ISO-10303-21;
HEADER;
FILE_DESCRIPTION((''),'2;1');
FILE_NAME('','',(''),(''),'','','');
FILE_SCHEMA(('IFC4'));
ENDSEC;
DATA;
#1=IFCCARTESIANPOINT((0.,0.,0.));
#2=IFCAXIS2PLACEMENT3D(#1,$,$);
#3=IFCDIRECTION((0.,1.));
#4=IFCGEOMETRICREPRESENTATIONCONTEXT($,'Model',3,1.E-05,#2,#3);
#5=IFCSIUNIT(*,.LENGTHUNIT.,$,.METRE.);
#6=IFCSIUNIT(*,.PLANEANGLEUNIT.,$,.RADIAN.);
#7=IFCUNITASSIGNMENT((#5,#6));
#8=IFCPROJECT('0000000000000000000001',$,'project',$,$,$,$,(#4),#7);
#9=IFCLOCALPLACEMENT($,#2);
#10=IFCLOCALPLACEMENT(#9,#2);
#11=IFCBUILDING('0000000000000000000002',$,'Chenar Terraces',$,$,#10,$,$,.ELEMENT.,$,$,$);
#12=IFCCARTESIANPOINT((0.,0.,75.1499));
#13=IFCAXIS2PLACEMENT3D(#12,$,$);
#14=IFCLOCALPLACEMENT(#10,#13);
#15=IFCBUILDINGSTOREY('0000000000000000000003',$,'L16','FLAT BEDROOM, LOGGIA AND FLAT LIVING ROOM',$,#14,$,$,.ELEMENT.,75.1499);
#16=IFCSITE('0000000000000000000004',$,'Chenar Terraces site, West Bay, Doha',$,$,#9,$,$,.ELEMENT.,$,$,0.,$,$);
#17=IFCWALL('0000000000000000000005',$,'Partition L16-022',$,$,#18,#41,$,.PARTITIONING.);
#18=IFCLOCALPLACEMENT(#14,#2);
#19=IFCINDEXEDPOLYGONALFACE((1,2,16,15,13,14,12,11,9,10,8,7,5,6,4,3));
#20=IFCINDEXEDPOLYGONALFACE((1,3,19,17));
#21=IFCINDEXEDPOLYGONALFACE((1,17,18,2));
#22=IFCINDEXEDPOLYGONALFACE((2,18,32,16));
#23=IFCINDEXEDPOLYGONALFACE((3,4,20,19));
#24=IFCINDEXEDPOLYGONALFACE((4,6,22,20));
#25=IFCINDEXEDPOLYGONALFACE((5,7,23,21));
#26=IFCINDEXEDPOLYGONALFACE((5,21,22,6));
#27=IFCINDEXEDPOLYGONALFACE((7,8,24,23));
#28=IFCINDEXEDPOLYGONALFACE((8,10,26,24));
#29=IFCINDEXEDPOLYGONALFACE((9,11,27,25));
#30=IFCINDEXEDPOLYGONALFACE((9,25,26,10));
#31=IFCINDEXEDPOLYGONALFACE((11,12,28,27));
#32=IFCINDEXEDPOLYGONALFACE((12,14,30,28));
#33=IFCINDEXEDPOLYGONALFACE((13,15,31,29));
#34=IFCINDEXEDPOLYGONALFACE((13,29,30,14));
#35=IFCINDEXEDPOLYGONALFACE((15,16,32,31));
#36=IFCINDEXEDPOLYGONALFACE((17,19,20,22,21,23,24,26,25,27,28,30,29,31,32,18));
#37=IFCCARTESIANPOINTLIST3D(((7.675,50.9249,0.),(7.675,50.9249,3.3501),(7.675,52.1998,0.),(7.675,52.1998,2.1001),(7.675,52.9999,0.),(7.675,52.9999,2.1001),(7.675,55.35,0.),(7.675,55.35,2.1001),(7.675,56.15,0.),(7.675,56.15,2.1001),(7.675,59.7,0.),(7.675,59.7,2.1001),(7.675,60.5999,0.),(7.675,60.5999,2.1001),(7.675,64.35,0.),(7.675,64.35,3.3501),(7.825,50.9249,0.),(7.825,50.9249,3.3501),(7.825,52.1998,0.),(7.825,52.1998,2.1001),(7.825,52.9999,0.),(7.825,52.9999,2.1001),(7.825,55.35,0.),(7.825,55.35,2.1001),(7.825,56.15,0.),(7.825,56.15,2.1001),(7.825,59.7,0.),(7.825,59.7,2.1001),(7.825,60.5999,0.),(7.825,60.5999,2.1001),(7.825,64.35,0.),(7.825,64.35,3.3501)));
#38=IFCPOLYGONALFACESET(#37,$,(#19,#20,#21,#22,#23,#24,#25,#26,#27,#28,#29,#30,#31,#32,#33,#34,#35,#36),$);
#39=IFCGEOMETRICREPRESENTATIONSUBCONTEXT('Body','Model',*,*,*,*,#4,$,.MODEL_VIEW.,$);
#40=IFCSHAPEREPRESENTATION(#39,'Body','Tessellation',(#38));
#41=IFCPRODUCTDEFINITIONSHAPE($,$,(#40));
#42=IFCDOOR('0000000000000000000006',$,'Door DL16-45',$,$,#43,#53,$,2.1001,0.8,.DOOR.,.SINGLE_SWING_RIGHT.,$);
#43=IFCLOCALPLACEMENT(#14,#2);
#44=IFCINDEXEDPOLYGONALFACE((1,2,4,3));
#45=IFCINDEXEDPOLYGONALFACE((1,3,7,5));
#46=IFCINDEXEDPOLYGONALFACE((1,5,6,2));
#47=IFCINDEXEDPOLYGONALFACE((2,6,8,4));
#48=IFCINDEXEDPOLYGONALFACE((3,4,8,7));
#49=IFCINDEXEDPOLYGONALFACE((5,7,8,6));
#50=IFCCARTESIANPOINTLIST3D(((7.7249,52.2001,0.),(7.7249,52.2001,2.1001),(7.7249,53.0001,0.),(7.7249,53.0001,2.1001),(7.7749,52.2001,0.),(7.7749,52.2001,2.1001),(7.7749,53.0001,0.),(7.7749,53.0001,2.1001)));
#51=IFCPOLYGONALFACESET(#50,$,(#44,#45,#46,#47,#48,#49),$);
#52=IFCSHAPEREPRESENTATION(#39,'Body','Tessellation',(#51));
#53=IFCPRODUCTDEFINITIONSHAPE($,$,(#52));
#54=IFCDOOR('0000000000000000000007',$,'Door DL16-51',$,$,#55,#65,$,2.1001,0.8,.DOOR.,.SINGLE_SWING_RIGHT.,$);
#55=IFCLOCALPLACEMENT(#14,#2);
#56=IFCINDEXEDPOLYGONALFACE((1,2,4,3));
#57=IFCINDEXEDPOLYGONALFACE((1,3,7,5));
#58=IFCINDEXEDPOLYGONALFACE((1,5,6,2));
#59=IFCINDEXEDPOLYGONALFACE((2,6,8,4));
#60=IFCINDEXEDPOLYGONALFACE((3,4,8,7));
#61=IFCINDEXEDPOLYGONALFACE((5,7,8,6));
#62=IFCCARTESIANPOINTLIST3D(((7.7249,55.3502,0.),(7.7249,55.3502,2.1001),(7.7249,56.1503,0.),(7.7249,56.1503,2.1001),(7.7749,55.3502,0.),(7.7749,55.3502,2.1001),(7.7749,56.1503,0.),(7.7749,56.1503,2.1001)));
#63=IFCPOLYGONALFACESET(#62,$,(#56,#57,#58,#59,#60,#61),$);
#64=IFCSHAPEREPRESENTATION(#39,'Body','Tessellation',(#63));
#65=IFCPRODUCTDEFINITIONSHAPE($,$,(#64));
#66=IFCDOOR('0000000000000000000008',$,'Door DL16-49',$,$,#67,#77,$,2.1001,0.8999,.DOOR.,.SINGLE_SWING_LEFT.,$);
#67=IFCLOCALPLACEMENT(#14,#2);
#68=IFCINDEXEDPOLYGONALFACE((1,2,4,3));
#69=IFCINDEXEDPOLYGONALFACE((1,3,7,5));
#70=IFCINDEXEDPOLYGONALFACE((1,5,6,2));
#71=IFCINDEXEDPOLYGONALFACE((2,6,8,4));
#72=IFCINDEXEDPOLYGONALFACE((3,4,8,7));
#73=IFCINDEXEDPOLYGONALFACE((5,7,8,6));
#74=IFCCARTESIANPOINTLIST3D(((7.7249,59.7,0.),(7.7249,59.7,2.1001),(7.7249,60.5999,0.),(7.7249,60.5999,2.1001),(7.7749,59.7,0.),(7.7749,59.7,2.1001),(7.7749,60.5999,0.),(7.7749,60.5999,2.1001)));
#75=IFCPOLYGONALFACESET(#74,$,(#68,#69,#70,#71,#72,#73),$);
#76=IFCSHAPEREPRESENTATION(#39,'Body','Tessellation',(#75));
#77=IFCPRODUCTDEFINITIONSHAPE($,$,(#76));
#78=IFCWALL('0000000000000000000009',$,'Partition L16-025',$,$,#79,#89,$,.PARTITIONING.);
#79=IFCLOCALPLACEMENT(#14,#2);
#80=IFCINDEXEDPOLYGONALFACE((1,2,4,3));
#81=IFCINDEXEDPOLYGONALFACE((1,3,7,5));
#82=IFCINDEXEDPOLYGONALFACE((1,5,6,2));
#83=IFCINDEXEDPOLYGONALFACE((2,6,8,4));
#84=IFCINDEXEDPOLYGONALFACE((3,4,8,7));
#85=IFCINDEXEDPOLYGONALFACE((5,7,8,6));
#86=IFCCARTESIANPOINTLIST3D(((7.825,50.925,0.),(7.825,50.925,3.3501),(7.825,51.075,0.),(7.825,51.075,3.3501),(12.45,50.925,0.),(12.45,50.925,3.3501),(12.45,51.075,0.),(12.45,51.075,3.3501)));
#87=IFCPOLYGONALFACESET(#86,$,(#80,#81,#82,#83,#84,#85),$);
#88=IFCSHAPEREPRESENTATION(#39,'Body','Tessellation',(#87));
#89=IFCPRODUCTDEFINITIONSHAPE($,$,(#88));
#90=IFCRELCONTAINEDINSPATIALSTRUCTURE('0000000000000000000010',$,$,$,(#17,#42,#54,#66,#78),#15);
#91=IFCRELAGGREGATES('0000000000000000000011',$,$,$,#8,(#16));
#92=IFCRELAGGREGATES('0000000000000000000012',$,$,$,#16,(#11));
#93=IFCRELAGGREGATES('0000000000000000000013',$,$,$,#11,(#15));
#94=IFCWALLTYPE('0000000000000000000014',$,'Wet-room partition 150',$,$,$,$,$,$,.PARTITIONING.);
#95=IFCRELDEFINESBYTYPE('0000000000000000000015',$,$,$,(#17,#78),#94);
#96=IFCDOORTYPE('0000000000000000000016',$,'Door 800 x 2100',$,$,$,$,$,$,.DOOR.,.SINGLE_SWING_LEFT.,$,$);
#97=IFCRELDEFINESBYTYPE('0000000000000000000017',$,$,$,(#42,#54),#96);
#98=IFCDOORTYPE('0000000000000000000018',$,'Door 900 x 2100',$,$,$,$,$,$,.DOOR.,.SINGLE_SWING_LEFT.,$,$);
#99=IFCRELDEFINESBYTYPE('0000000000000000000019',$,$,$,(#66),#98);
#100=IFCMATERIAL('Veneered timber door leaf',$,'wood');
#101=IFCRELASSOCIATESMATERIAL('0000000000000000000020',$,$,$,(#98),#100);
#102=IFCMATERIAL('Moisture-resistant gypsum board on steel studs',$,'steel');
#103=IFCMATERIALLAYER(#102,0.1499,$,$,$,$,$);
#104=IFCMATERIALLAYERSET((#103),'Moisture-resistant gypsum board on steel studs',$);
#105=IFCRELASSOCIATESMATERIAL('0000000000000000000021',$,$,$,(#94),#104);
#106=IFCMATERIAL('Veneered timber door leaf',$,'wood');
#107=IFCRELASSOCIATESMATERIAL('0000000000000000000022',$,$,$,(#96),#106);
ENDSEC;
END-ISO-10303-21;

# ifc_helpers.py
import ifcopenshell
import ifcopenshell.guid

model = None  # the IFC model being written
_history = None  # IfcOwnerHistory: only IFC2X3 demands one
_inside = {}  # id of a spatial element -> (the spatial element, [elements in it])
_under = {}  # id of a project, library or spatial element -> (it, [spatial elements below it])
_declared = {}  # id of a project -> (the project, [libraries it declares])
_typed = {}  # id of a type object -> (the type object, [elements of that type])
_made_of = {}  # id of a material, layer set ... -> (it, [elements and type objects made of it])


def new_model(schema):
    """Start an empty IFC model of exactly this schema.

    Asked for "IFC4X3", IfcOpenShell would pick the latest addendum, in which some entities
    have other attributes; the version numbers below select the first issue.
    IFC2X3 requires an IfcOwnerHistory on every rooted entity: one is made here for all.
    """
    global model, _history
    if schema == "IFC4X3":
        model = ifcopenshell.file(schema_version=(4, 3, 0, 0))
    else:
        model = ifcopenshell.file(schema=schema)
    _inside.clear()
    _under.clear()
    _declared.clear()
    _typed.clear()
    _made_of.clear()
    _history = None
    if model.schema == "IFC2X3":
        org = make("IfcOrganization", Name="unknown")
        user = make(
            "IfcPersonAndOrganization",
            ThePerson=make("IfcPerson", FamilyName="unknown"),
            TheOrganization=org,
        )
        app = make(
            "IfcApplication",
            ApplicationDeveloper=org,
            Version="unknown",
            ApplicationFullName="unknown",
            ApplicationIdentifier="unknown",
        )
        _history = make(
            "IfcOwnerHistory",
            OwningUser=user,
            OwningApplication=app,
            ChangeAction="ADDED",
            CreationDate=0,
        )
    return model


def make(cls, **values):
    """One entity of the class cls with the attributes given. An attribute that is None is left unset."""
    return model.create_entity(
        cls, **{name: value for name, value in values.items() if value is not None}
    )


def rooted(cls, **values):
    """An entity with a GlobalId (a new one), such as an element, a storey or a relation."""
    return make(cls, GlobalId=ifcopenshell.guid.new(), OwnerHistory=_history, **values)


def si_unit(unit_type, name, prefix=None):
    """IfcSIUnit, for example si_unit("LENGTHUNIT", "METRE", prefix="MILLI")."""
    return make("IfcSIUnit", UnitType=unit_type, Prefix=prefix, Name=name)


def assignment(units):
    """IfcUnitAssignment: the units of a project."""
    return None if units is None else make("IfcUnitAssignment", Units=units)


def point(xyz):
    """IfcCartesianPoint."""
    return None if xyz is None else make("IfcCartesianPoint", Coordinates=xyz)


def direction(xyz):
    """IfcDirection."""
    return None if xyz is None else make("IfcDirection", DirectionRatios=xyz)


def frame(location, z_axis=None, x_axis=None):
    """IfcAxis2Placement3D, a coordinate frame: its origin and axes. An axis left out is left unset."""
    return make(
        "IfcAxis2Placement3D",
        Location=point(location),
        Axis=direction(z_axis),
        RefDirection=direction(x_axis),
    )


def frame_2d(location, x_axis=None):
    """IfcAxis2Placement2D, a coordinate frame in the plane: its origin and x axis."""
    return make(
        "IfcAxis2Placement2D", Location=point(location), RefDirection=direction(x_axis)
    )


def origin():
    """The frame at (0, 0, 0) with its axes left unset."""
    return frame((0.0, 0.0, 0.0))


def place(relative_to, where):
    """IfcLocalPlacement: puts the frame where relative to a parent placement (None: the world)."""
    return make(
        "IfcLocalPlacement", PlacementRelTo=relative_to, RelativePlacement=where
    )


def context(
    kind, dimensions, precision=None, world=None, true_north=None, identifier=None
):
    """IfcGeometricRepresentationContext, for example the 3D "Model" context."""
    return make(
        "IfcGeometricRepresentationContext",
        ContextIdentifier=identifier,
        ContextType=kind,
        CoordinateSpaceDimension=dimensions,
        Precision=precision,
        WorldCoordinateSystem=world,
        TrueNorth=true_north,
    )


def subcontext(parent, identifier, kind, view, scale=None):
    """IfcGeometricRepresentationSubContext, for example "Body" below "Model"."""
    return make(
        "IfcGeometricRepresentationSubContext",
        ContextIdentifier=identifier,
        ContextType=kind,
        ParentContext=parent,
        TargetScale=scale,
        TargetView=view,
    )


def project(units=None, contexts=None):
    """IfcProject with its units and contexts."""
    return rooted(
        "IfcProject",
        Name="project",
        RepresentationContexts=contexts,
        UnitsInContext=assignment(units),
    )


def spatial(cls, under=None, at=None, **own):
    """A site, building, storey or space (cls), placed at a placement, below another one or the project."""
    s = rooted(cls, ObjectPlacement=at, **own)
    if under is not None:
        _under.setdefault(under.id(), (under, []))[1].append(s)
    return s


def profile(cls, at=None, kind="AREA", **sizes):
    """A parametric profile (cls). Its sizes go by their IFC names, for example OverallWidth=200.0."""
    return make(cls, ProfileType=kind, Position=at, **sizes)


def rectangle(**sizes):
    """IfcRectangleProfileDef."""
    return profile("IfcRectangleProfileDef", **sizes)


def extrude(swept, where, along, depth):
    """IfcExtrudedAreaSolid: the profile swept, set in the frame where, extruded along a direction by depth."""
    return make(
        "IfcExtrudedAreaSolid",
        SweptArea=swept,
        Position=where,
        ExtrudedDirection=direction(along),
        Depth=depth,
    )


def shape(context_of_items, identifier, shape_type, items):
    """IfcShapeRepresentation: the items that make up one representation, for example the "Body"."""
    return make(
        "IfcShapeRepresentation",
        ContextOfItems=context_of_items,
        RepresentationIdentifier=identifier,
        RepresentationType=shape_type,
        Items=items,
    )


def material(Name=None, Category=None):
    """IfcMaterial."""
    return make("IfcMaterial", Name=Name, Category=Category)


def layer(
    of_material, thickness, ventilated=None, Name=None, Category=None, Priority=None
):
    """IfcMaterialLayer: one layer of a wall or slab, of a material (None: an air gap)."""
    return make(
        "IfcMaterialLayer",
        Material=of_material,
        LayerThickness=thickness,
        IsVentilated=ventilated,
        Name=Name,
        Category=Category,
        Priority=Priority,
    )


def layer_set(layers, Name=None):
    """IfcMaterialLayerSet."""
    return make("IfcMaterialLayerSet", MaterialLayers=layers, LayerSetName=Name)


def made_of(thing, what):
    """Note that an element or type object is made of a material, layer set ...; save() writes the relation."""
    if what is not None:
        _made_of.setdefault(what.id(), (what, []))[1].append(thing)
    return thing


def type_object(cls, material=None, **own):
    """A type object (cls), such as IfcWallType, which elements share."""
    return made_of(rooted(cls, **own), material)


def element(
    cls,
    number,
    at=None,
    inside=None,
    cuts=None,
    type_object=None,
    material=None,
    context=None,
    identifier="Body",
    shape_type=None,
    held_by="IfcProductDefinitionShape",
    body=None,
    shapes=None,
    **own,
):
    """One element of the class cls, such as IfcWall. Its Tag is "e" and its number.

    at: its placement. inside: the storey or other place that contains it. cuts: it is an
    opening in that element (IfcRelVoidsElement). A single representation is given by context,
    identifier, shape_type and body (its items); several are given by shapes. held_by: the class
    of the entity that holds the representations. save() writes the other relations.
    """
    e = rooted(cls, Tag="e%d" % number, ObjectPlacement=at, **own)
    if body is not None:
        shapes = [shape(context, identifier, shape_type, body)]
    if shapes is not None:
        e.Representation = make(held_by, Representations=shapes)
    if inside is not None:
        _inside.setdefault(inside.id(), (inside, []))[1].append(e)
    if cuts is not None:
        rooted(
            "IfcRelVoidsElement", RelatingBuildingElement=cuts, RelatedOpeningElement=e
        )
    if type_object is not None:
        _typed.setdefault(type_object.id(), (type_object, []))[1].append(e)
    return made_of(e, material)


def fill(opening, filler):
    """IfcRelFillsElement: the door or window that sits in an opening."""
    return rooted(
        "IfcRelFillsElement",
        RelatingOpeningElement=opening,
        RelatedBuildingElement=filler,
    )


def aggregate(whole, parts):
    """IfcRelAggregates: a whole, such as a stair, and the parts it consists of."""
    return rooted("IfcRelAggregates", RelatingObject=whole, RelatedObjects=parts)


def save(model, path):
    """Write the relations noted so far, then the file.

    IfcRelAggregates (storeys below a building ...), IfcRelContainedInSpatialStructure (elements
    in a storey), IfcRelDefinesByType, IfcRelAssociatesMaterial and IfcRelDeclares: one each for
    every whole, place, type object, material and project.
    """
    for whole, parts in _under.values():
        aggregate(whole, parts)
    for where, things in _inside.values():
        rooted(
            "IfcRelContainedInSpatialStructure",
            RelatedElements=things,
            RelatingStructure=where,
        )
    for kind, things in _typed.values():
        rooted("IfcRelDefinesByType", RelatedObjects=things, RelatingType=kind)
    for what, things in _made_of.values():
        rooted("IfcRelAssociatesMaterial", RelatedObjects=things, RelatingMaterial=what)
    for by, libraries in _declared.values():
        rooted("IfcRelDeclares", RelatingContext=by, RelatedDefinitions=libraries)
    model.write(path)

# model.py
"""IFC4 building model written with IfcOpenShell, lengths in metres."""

from ifc_helpers import new_model, si_unit, direction, frame, frame_2d, origin, place, context, subcontext, project, spatial, rectangle, extrude, material, layer, layer_set, type_object, element, fill, save


model = new_model("IFC4")

# Units and contexts
model_context = context("Model", 3, precision=1e-05, world=origin(), true_north=direction((0.0, 1.0)))
body_context = subcontext(model_context, "Body", "Model", "MODEL_VIEW")
ifc_project = project(units=[si_unit("LENGTHUNIT", "METRE"), si_unit("PLANEANGLEUNIT", "RADIAN")], contexts=[model_context])

# Site, building, storey
site_placement = place(None, origin())
site = spatial("IfcSite", under=ifc_project, at=site_placement, Name="Chenar Terraces site, West Bay, Doha", CompositionType="ELEMENT", RefElevation=0.0)
building_placement = place(site_placement, origin())
building = spatial("IfcBuilding", under=site, at=building_placement, Name="Chenar Terraces", CompositionType="ELEMENT")
storey_placement = place(building_placement, frame((0.0, 0.0, 75.1499)))
storey = spatial("IfcBuildingStorey", under=building, at=storey_placement, Name="L16", Description="FLAT BEDROOM, LOGGIA AND FLAT LIVING ROOM", CompositionType="ELEMENT", Elevation=75.1499)

# Shared definitions
ifc_material_1 = material(Name="Veneered timber door leaf", Category="wood")
door_type_1 = type_object("IfcDoorType", Name="Door 900 x 2100", OperationType="SINGLE_SWING_LEFT", PredefinedType="DOOR", material=ifc_material_1)

# Wall, openings, doors
ifc_material_2 = material(Name="Moisture-resistant gypsum board on steel studs", Category="steel")
ifc_layer_1 = layer(ifc_material_2, 0.1499)
ifc_layer_set_1 = layer_set([ifc_layer_1], Name="Moisture-resistant gypsum board on steel studs")
wall_type_1 = type_object("IfcWallType", Name="Wet-room partition 150", PredefinedType="PARTITIONING", material=ifc_layer_set_1)
wall_1_placement = place(storey_placement, frame((7.75, 50.925, 0.0), z_axis=(0.0, 0.0, 1.0), x_axis=(0.0, 1.0, 0.0)))
wall_1 = element("IfcWall", 1, at=wall_1_placement, inside=storey, type_object=wall_type_1, Name="Partition L16-022", PredefinedType="PARTITIONING", context=body_context, shape_type="SweptSolid", body=[
    extrude(rectangle(XDim=13.425, YDim=0.1499, at=frame_2d((6.7124, 0.0))), origin(), (0.0, 0.0, 1.0), 3.3501),
])
opening_1_placement = place(wall_1_placement, frame((1.2749, 0.0, 0.0)))
opening_1 = element("IfcOpeningElement", 2, at=opening_1_placement, cuts=wall_1, PredefinedType="OPENING", context=body_context, shape_type="SweptSolid", body=[
    extrude(rectangle(XDim=0.8, YDim=2.1001, at=frame_2d((0.3999, 1.05))), frame((0.0, 0.085, 0.0), z_axis=(0.0, -1.0, 0.0), x_axis=(1.0, 0.0, 0.0)), (0.0, 0.0, 1.0), 0.1699),
])
opening_2_placement = place(wall_1_placement, frame((8.7749, 0.0, 0.0)))
opening_2 = element("IfcOpeningElement", 3, at=opening_2_placement, cuts=wall_1, PredefinedType="OPENING", context=body_context, shape_type="SweptSolid", body=[
    extrude(rectangle(XDim=0.8999, YDim=2.1001, at=frame_2d((0.45, 1.05))), frame((0.0, 0.085, 0.0), z_axis=(0.0, -1.0, 0.0), x_axis=(1.0, 0.0, 0.0)), (0.0, 0.0, 1.0), 0.1699),
])
opening_3_placement = place(wall_1_placement, frame((4.425, 0.0, 0.0)))
opening_3 = element("IfcOpeningElement", 4, at=opening_3_placement, cuts=wall_1, PredefinedType="OPENING", context=body_context, shape_type="SweptSolid", body=[
    extrude(rectangle(XDim=0.8, YDim=2.1001, at=frame_2d((0.3999, 1.05))), frame((0.0, 0.085, 0.0), z_axis=(0.0, -1.0, 0.0), x_axis=(1.0, 0.0, 0.0)), (0.0, 0.0, 1.0), 0.1699),
])
ifc_material_3 = material(Name="Veneered timber door leaf", Category="wood")
door_type_2 = type_object("IfcDoorType", Name="Door 800 x 2100", OperationType="SINGLE_SWING_LEFT", PredefinedType="DOOR", material=ifc_material_3)
door_1_placement = place(opening_1_placement, frame((0.8, 0.0, 0.0), z_axis=(0.0, 0.0, 1.0), x_axis=(-1.0, 0.0, 0.0)))
door_1 = element("IfcDoor", 5, at=door_1_placement, inside=storey, type_object=door_type_2, Name="Door DL16-45", OperationType="SINGLE_SWING_RIGHT", OverallHeight=2.1001, OverallWidth=0.8, PredefinedType="DOOR", context=body_context, shape_type="SweptSolid", body=[
    extrude(rectangle(XDim=0.8, YDim=2.1001, at=frame_2d((0.3999, 1.05))), frame((0.0, 0.0249, 0.0), z_axis=(0.0, -1.0, 0.0), x_axis=(1.0, 0.0, 0.0)), (0.0, 0.0, 1.0), 0.05),
])
fill(opening_1, door_1)
door_2_placement = place(opening_3_placement, frame((0.8, 0.0, 0.0), z_axis=(0.0, 0.0, 1.0), x_axis=(-1.0, 0.0, 0.0)))
door_2 = element("IfcDoor", 6, at=door_2_placement, inside=storey, type_object=door_type_2, Name="Door DL16-51", OperationType="SINGLE_SWING_RIGHT", OverallHeight=2.1001, OverallWidth=0.8, PredefinedType="DOOR", context=body_context, shape_type="SweptSolid", body=[
    extrude(rectangle(XDim=0.8, YDim=2.1001, at=frame_2d((0.3999, 1.05))), frame((0.0, 0.0249, 0.0), z_axis=(0.0, -1.0, 0.0), x_axis=(1.0, 0.0, 0.0)), (0.0, 0.0, 1.0), 0.05),
])
fill(opening_3, door_2)
door_3_placement = place(opening_2_placement, frame((0.8999, 0.0, 0.0), z_axis=(0.0, 0.0, 1.0), x_axis=(-1.0, 0.0, 0.0)))
door_3 = element("IfcDoor", 7, at=door_3_placement, inside=storey, type_object=door_type_1, Name="Door DL16-49", OperationType="SINGLE_SWING_LEFT", OverallHeight=2.1001, OverallWidth=0.8999, PredefinedType="DOOR", context=body_context, shape_type="SweptSolid", body=[
    extrude(rectangle(XDim=0.8999, YDim=2.1001, at=frame_2d((0.45, 1.05))), frame((0.0, 0.0249, 0.0), z_axis=(0.0, -1.0, 0.0), x_axis=(1.0, 0.0, 0.0)), (0.0, 0.0, 1.0), 0.05),
])
fill(opening_2, door_3)

# Wall
wall_2_placement = place(storey_placement, frame((7.825, 51.0, 0.0), z_axis=(0.0, 0.0, 1.0), x_axis=(1.0, 0.0, 0.0)))
element("IfcWall", 8, at=wall_2_placement, inside=storey, type_object=wall_type_1, Name="Partition L16-025", PredefinedType="PARTITIONING", context=body_context, shape_type="SweptSolid", body=[
    extrude(rectangle(XDim=4.625, YDim=0.1499, at=frame_2d((2.3125, 0.0))), origin(), (0.0, 0.0, 1.0), 3.3501),
])

save(model, "model.ifc")
